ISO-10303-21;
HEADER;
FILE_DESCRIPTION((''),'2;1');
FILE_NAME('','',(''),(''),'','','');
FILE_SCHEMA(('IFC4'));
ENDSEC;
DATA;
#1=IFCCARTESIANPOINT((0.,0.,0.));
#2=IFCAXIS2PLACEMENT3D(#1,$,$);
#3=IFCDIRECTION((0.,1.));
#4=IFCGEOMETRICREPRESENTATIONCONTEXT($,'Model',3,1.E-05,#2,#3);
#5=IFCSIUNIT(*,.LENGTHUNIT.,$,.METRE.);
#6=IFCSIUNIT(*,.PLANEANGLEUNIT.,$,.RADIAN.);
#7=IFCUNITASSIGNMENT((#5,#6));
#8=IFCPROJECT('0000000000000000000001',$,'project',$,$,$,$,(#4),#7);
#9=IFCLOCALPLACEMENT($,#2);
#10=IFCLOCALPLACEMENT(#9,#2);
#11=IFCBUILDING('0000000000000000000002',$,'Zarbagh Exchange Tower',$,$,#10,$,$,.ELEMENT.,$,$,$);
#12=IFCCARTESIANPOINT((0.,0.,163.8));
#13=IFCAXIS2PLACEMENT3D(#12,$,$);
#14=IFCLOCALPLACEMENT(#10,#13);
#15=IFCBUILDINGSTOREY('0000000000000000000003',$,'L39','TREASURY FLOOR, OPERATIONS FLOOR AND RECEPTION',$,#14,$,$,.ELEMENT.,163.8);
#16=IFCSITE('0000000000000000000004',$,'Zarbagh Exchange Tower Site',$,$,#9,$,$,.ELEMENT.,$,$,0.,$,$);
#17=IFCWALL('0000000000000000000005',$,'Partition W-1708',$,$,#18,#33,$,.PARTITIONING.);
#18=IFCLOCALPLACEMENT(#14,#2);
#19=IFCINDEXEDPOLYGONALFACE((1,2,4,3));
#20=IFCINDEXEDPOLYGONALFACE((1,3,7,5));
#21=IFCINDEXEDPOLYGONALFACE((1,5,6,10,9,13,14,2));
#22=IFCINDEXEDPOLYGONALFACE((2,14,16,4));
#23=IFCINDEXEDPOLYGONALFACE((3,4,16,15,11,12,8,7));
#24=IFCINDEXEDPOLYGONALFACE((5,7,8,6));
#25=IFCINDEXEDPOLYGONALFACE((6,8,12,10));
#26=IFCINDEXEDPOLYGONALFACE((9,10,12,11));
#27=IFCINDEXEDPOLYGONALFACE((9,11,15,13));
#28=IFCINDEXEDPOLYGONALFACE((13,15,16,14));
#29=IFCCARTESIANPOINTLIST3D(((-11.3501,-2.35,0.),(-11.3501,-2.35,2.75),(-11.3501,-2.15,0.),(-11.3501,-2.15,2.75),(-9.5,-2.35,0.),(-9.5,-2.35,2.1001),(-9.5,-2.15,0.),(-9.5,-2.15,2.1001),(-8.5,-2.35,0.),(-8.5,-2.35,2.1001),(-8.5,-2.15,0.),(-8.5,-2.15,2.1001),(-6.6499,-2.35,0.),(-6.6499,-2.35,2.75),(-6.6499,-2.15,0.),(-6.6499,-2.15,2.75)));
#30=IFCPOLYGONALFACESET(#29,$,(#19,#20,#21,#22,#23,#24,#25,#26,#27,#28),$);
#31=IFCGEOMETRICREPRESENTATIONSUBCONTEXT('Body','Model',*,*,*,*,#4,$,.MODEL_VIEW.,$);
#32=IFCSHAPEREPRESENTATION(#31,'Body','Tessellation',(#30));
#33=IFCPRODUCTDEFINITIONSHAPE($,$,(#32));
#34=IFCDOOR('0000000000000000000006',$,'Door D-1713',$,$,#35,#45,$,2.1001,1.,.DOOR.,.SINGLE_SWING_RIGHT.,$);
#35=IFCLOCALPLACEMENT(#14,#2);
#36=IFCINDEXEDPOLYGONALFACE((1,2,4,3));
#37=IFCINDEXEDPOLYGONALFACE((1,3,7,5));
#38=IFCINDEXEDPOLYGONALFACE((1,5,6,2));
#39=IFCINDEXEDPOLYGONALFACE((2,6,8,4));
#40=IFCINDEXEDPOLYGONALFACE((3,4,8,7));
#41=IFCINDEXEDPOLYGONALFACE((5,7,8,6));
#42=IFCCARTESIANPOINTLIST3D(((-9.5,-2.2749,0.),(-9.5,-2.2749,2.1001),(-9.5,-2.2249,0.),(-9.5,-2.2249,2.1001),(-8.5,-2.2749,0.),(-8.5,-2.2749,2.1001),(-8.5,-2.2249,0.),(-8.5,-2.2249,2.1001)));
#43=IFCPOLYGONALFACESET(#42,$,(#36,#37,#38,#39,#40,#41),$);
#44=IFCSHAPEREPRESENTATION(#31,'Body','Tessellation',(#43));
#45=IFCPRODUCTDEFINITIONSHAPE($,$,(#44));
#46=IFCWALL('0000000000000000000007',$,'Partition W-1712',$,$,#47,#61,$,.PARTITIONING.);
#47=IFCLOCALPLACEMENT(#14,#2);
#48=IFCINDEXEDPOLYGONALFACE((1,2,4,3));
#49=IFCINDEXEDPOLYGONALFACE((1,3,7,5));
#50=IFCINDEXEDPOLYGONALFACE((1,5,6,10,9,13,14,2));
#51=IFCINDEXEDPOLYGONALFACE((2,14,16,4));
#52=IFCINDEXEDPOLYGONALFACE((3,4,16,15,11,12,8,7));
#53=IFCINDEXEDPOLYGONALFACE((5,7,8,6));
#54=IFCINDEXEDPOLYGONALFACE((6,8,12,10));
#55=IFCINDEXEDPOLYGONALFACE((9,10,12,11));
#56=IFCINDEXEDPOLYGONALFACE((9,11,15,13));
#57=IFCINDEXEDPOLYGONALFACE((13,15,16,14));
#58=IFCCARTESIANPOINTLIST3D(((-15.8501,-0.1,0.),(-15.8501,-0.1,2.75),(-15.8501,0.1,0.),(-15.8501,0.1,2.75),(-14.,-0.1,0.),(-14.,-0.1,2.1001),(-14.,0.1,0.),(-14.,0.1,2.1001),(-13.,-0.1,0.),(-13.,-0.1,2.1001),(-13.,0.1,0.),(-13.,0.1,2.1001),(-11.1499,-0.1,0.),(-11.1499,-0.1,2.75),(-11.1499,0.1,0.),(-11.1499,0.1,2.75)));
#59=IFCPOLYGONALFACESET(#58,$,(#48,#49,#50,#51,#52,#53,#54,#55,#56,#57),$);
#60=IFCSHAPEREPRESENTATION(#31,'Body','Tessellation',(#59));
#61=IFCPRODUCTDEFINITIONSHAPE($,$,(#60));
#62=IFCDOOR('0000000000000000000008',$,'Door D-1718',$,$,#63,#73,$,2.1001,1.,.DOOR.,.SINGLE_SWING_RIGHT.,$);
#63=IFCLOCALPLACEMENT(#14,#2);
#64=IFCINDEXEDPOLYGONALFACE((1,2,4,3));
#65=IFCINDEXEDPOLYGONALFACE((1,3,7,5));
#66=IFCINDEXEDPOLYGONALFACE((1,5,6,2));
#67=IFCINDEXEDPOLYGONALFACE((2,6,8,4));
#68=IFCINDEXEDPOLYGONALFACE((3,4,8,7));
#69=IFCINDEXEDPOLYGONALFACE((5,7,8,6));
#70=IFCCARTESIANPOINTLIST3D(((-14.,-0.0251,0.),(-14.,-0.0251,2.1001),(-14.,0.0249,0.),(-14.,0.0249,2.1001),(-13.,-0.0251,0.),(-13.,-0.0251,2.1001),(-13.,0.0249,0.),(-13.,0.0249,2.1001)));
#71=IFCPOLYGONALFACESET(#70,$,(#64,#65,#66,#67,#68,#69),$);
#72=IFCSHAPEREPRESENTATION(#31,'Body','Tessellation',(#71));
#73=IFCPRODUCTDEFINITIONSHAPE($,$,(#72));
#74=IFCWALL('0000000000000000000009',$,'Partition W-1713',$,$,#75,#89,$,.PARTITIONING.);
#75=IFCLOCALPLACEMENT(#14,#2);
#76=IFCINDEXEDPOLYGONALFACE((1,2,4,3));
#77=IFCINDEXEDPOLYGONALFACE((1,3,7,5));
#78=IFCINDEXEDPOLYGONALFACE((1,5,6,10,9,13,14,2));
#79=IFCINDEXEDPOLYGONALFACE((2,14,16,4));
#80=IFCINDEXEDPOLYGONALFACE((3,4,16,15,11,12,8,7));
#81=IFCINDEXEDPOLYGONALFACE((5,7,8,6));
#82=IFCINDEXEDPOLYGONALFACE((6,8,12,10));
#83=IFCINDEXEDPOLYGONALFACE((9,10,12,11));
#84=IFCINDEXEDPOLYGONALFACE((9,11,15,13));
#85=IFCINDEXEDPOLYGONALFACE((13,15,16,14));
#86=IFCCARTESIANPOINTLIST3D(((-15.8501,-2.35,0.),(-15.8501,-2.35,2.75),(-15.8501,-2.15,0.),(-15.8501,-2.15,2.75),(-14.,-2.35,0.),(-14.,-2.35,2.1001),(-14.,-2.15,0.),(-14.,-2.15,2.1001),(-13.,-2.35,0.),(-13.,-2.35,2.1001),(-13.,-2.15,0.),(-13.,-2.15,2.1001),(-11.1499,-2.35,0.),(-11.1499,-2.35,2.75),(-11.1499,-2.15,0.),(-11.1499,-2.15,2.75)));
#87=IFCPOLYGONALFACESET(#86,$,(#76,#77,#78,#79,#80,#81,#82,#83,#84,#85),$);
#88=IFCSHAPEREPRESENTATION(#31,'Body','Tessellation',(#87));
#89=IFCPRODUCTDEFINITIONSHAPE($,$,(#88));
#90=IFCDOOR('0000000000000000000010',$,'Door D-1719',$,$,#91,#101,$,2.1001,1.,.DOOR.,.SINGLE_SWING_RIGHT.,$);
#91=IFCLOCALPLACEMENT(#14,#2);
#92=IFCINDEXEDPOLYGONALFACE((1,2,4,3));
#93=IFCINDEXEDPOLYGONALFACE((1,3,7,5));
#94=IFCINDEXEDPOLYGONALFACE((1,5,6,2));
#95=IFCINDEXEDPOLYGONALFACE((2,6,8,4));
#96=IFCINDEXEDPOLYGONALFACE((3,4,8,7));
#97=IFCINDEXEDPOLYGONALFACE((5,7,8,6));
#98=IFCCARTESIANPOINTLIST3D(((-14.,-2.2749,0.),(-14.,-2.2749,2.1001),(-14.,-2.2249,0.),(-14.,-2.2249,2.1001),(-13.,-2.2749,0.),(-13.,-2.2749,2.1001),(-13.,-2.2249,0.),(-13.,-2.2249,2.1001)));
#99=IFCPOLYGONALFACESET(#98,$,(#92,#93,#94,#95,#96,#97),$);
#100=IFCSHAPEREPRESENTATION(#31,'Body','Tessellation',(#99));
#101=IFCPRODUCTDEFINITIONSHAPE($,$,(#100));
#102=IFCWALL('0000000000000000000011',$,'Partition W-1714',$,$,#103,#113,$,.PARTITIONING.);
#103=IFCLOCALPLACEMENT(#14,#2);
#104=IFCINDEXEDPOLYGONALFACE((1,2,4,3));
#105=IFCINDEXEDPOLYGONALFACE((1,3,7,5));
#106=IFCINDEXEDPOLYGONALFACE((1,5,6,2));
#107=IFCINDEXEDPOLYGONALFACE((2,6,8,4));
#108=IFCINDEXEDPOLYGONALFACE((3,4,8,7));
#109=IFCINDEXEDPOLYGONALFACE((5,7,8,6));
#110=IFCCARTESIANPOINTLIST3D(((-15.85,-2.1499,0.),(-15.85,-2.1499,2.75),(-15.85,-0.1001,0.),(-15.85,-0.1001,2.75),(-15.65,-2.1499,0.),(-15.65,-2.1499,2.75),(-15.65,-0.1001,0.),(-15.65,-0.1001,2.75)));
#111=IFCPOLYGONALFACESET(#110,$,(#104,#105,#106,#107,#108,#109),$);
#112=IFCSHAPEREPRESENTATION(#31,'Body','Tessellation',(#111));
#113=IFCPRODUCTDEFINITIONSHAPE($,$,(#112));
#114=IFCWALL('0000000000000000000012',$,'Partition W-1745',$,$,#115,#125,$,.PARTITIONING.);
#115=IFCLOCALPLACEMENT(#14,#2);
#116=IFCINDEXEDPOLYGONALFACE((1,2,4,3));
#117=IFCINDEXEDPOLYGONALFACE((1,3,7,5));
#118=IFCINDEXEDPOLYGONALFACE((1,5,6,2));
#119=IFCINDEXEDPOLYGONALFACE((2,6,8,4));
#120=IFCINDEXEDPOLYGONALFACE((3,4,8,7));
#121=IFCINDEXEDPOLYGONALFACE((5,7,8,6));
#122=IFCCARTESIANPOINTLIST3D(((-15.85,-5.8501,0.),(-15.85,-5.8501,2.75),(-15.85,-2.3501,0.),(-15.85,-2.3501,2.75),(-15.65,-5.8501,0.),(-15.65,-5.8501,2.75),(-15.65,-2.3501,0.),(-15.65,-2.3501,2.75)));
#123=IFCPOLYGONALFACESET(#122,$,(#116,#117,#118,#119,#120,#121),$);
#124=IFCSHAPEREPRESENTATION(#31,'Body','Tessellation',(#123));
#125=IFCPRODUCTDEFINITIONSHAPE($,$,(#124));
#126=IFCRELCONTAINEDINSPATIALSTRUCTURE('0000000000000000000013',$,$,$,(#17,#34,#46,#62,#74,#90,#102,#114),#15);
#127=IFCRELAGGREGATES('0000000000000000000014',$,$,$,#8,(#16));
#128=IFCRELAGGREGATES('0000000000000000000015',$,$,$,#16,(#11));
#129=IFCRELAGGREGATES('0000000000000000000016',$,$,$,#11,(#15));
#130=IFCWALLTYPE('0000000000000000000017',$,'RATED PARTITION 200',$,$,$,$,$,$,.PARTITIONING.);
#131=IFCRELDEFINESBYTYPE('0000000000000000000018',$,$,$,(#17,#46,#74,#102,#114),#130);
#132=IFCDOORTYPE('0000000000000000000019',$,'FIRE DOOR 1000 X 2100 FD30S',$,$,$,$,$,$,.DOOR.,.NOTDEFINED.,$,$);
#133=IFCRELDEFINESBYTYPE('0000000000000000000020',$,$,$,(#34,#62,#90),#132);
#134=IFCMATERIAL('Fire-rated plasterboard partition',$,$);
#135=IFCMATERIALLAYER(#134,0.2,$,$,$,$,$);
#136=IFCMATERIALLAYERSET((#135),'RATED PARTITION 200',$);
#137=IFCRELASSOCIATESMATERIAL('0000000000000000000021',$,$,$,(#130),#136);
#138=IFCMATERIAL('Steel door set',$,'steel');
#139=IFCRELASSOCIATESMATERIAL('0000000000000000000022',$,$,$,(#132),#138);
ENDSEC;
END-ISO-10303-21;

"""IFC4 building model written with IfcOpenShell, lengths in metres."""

from ifc_helpers import new_model, si_unit, direction, frame, frame_2d, origin, place, context, subcontext, project, spatial, rectangle, extrude, material, layer, layer_set, type_object, element, fill, save


model = new_model("IFC4")

# Units and contexts
model_context = context("Model", 3, precision=1e-05, world=origin(), true_north=direction((0.0, 1.0)))
body_context = subcontext(model_context, "Body", "Model", "MODEL_VIEW")
ifc_project = project(units=[si_unit("LENGTHUNIT", "METRE"), si_unit("PLANEANGLEUNIT", "RADIAN")], contexts=[model_context])

# Site, building, storey
site_placement = place(None, origin())
site = spatial("IfcSite", under=ifc_project, at=site_placement, Name="Zarbagh Exchange Tower Site", CompositionType="ELEMENT", RefElevation=0.0)
building_placement = place(site_placement, origin())
building = spatial("IfcBuilding", under=site, at=building_placement, Name="Zarbagh Exchange Tower", CompositionType="ELEMENT")
storey_placement = place(building_placement, frame((0.0, 0.0, 163.8)))
storey = spatial("IfcBuildingStorey", under=building, at=storey_placement, Name="L39", Description="TREASURY FLOOR, OPERATIONS FLOOR AND RECEPTION", CompositionType="ELEMENT", Elevation=163.8)

# Walls, openings, doors
ifc_material_1 = material(Name="Fire-rated plasterboard partition")
ifc_layer_1 = layer(ifc_material_1, 0.2)
ifc_layer_set_1 = layer_set([ifc_layer_1], Name="RATED PARTITION 200")
wall_type_1 = type_object("IfcWallType", Name="RATED PARTITION 200", PredefinedType="PARTITIONING", material=ifc_layer_set_1)
ifc_material_2 = material(Name="Steel door set", Category="steel")
door_type_1 = type_object("IfcDoorType", Name="FIRE DOOR 1000 X 2100 FD30S", OperationType="NOTDEFINED", PredefinedType="DOOR", material=ifc_material_2)
wall_1_placement = place(storey_placement, frame((-6.6499, -2.25, 0.0), z_axis=(0.0, 0.0, 1.0), x_axis=(-1.0, 0.0, 0.0)))
wall_1 = element("IfcWall", 1, at=wall_1_placement, inside=storey, type_object=wall_type_1, Name="Partition W-1708", PredefinedType="PARTITIONING", context=body_context, shape_type="SweptSolid", body=[
    extrude(rectangle(XDim=4.7002, YDim=0.2, at=frame_2d((2.3501, 0.0))), origin(), (0.0, 0.0, 1.0), 2.75),
])
opening_1_placement = place(wall_1_placement, frame((1.8501, 0.0, 0.0)))
opening_1 = element("IfcOpeningElement", 2, at=opening_1_placement, cuts=wall_1, PredefinedType="OPENING", context=body_context, shape_type="SweptSolid", body=[
    extrude(rectangle(XDim=1.0, YDim=2.1001, at=frame_2d((0.5, 1.05))), frame((0.0, 0.1099, 0.0), z_axis=(0.0, -1.0, 0.0), x_axis=(1.0, 0.0, 0.0)), (0.0, 0.0, 1.0), 0.22),
])
door_1_placement = place(opening_1_placement, origin())
door_1 = element("IfcDoor", 3, at=door_1_placement, inside=storey, type_object=door_type_1, Name="Door D-1713", OperationType="SINGLE_SWING_RIGHT", OverallHeight=2.1001, OverallWidth=1.0, PredefinedType="DOOR", context=body_context, shape_type="SweptSolid", body=[
    extrude(rectangle(XDim=1.0, YDim=2.1001, at=frame_2d((0.5, 1.05))), frame((0.0, 0.0249, 0.0), z_axis=(0.0, -1.0, 0.0), x_axis=(1.0, 0.0, 0.0)), (0.0, 0.0, 1.0), 0.05),
])
fill(opening_1, door_1)
wall_2_placement = place(storey_placement, frame((-15.8501, 0.0, 0.0), z_axis=(0.0, 0.0, 1.0), x_axis=(1.0, 0.0, 0.0)))
wall_2 = element("IfcWall", 4, at=wall_2_placement, inside=storey, type_object=wall_type_1, Name="Partition W-1712", PredefinedType="PARTITIONING", context=body_context, shape_type="SweptSolid", body=[
    extrude(rectangle(XDim=4.7002, YDim=0.2, at=frame_2d((2.3501, 0.0))), origin(), (0.0, 0.0, 1.0), 2.75),
])
opening_2_placement = place(wall_2_placement, frame((1.8501, 0.0, 0.0)))
opening_2 = element("IfcOpeningElement", 5, at=opening_2_placement, cuts=wall_2, PredefinedType="OPENING", context=body_context, shape_type="SweptSolid", body=[
    extrude(rectangle(XDim=1.0, YDim=2.1001, at=frame_2d((0.5, 1.05))), frame((0.0, 0.1099, 0.0), z_axis=(0.0, -1.0, 0.0), x_axis=(1.0, 0.0, 0.0)), (0.0, 0.0, 1.0), 0.22),
])
door_2_placement = place(opening_2_placement, origin())
door_2 = element("IfcDoor", 6, at=door_2_placement, inside=storey, type_object=door_type_1, Name="Door D-1718", OperationType="SINGLE_SWING_RIGHT", OverallHeight=2.1001, OverallWidth=1.0, PredefinedType="DOOR", context=body_context, shape_type="SweptSolid", body=[
    extrude(rectangle(XDim=1.0, YDim=2.1001, at=frame_2d((0.5, 1.05))), frame((0.0, 0.0249, 0.0), z_axis=(0.0, -1.0, 0.0), x_axis=(1.0, 0.0, 0.0)), (0.0, 0.0, 1.0), 0.05),
])
fill(opening_2, door_2)
wall_3_placement = place(storey_placement, frame((-11.1499, -2.25, 0.0), z_axis=(0.0, 0.0, 1.0), x_axis=(-1.0, 0.0, 0.0)))
wall_3 = element("IfcWall", 7, at=wall_3_placement, inside=storey, type_object=wall_type_1, Name="Partition W-1713", PredefinedType="PARTITIONING", context=body_context, shape_type="SweptSolid", body=[
    extrude(rectangle(XDim=4.7002, YDim=0.2, at=frame_2d((2.3501, 0.0))), origin(), (0.0, 0.0, 1.0), 2.75),
])
opening_3_placement = place(wall_3_placement, frame((1.8501, 0.0, 0.0)))
opening_3 = element("IfcOpeningElement", 8, at=opening_3_placement, cuts=wall_3, PredefinedType="OPENING", context=body_context, shape_type="SweptSolid", body=[
    extrude(rectangle(XDim=1.0, YDim=2.1001, at=frame_2d((0.5, 1.05))), frame((0.0, 0.1099, 0.0), z_axis=(0.0, -1.0, 0.0), x_axis=(1.0, 0.0, 0.0)), (0.0, 0.0, 1.0), 0.22),
])
door_3_placement = place(opening_3_placement, origin())
door_3 = element("IfcDoor", 9, at=door_3_placement, inside=storey, type_object=door_type_1, Name="Door D-1719", OperationType="SINGLE_SWING_RIGHT", OverallHeight=2.1001, OverallWidth=1.0, PredefinedType="DOOR", context=body_context, shape_type="SweptSolid", body=[
    extrude(rectangle(XDim=1.0, YDim=2.1001, at=frame_2d((0.5, 1.05))), frame((0.0, 0.0249, 0.0), z_axis=(0.0, -1.0, 0.0), x_axis=(1.0, 0.0, 0.0)), (0.0, 0.0, 1.0), 0.05),
])
fill(opening_3, door_3)

# Walls
wall_4_placement = place(storey_placement, frame((-15.75, -2.1499, 0.0), z_axis=(0.0, 0.0, 1.0), x_axis=(0.0, 1.0, 0.0)))
element("IfcWall", 10, at=wall_4_placement, inside=storey, type_object=wall_type_1, Name="Partition W-1714", PredefinedType="PARTITIONING", context=body_context, shape_type="SweptSolid", body=[
    extrude(rectangle(XDim=2.0498, YDim=0.2, at=frame_2d((1.0249, 0.0))), origin(), (0.0, 0.0, 1.0), 2.75),
])
wall_5_placement = place(storey_placement, frame((-15.75, -5.8501, 0.0), z_axis=(0.0, 0.0, 1.0), x_axis=(0.0, 1.0, 0.0)))
element("IfcWall", 11, at=wall_5_placement, inside=storey, type_object=wall_type_1, Name="Partition W-1745", PredefinedType="PARTITIONING", context=body_context, shape_type="SweptSolid", body=[
    extrude(rectangle(XDim=3.5, YDim=0.2, at=frame_2d((1.75, 0.0))), origin(), (0.0, 0.0, 1.0), 2.75),
])

save(model, "model.ifc")
